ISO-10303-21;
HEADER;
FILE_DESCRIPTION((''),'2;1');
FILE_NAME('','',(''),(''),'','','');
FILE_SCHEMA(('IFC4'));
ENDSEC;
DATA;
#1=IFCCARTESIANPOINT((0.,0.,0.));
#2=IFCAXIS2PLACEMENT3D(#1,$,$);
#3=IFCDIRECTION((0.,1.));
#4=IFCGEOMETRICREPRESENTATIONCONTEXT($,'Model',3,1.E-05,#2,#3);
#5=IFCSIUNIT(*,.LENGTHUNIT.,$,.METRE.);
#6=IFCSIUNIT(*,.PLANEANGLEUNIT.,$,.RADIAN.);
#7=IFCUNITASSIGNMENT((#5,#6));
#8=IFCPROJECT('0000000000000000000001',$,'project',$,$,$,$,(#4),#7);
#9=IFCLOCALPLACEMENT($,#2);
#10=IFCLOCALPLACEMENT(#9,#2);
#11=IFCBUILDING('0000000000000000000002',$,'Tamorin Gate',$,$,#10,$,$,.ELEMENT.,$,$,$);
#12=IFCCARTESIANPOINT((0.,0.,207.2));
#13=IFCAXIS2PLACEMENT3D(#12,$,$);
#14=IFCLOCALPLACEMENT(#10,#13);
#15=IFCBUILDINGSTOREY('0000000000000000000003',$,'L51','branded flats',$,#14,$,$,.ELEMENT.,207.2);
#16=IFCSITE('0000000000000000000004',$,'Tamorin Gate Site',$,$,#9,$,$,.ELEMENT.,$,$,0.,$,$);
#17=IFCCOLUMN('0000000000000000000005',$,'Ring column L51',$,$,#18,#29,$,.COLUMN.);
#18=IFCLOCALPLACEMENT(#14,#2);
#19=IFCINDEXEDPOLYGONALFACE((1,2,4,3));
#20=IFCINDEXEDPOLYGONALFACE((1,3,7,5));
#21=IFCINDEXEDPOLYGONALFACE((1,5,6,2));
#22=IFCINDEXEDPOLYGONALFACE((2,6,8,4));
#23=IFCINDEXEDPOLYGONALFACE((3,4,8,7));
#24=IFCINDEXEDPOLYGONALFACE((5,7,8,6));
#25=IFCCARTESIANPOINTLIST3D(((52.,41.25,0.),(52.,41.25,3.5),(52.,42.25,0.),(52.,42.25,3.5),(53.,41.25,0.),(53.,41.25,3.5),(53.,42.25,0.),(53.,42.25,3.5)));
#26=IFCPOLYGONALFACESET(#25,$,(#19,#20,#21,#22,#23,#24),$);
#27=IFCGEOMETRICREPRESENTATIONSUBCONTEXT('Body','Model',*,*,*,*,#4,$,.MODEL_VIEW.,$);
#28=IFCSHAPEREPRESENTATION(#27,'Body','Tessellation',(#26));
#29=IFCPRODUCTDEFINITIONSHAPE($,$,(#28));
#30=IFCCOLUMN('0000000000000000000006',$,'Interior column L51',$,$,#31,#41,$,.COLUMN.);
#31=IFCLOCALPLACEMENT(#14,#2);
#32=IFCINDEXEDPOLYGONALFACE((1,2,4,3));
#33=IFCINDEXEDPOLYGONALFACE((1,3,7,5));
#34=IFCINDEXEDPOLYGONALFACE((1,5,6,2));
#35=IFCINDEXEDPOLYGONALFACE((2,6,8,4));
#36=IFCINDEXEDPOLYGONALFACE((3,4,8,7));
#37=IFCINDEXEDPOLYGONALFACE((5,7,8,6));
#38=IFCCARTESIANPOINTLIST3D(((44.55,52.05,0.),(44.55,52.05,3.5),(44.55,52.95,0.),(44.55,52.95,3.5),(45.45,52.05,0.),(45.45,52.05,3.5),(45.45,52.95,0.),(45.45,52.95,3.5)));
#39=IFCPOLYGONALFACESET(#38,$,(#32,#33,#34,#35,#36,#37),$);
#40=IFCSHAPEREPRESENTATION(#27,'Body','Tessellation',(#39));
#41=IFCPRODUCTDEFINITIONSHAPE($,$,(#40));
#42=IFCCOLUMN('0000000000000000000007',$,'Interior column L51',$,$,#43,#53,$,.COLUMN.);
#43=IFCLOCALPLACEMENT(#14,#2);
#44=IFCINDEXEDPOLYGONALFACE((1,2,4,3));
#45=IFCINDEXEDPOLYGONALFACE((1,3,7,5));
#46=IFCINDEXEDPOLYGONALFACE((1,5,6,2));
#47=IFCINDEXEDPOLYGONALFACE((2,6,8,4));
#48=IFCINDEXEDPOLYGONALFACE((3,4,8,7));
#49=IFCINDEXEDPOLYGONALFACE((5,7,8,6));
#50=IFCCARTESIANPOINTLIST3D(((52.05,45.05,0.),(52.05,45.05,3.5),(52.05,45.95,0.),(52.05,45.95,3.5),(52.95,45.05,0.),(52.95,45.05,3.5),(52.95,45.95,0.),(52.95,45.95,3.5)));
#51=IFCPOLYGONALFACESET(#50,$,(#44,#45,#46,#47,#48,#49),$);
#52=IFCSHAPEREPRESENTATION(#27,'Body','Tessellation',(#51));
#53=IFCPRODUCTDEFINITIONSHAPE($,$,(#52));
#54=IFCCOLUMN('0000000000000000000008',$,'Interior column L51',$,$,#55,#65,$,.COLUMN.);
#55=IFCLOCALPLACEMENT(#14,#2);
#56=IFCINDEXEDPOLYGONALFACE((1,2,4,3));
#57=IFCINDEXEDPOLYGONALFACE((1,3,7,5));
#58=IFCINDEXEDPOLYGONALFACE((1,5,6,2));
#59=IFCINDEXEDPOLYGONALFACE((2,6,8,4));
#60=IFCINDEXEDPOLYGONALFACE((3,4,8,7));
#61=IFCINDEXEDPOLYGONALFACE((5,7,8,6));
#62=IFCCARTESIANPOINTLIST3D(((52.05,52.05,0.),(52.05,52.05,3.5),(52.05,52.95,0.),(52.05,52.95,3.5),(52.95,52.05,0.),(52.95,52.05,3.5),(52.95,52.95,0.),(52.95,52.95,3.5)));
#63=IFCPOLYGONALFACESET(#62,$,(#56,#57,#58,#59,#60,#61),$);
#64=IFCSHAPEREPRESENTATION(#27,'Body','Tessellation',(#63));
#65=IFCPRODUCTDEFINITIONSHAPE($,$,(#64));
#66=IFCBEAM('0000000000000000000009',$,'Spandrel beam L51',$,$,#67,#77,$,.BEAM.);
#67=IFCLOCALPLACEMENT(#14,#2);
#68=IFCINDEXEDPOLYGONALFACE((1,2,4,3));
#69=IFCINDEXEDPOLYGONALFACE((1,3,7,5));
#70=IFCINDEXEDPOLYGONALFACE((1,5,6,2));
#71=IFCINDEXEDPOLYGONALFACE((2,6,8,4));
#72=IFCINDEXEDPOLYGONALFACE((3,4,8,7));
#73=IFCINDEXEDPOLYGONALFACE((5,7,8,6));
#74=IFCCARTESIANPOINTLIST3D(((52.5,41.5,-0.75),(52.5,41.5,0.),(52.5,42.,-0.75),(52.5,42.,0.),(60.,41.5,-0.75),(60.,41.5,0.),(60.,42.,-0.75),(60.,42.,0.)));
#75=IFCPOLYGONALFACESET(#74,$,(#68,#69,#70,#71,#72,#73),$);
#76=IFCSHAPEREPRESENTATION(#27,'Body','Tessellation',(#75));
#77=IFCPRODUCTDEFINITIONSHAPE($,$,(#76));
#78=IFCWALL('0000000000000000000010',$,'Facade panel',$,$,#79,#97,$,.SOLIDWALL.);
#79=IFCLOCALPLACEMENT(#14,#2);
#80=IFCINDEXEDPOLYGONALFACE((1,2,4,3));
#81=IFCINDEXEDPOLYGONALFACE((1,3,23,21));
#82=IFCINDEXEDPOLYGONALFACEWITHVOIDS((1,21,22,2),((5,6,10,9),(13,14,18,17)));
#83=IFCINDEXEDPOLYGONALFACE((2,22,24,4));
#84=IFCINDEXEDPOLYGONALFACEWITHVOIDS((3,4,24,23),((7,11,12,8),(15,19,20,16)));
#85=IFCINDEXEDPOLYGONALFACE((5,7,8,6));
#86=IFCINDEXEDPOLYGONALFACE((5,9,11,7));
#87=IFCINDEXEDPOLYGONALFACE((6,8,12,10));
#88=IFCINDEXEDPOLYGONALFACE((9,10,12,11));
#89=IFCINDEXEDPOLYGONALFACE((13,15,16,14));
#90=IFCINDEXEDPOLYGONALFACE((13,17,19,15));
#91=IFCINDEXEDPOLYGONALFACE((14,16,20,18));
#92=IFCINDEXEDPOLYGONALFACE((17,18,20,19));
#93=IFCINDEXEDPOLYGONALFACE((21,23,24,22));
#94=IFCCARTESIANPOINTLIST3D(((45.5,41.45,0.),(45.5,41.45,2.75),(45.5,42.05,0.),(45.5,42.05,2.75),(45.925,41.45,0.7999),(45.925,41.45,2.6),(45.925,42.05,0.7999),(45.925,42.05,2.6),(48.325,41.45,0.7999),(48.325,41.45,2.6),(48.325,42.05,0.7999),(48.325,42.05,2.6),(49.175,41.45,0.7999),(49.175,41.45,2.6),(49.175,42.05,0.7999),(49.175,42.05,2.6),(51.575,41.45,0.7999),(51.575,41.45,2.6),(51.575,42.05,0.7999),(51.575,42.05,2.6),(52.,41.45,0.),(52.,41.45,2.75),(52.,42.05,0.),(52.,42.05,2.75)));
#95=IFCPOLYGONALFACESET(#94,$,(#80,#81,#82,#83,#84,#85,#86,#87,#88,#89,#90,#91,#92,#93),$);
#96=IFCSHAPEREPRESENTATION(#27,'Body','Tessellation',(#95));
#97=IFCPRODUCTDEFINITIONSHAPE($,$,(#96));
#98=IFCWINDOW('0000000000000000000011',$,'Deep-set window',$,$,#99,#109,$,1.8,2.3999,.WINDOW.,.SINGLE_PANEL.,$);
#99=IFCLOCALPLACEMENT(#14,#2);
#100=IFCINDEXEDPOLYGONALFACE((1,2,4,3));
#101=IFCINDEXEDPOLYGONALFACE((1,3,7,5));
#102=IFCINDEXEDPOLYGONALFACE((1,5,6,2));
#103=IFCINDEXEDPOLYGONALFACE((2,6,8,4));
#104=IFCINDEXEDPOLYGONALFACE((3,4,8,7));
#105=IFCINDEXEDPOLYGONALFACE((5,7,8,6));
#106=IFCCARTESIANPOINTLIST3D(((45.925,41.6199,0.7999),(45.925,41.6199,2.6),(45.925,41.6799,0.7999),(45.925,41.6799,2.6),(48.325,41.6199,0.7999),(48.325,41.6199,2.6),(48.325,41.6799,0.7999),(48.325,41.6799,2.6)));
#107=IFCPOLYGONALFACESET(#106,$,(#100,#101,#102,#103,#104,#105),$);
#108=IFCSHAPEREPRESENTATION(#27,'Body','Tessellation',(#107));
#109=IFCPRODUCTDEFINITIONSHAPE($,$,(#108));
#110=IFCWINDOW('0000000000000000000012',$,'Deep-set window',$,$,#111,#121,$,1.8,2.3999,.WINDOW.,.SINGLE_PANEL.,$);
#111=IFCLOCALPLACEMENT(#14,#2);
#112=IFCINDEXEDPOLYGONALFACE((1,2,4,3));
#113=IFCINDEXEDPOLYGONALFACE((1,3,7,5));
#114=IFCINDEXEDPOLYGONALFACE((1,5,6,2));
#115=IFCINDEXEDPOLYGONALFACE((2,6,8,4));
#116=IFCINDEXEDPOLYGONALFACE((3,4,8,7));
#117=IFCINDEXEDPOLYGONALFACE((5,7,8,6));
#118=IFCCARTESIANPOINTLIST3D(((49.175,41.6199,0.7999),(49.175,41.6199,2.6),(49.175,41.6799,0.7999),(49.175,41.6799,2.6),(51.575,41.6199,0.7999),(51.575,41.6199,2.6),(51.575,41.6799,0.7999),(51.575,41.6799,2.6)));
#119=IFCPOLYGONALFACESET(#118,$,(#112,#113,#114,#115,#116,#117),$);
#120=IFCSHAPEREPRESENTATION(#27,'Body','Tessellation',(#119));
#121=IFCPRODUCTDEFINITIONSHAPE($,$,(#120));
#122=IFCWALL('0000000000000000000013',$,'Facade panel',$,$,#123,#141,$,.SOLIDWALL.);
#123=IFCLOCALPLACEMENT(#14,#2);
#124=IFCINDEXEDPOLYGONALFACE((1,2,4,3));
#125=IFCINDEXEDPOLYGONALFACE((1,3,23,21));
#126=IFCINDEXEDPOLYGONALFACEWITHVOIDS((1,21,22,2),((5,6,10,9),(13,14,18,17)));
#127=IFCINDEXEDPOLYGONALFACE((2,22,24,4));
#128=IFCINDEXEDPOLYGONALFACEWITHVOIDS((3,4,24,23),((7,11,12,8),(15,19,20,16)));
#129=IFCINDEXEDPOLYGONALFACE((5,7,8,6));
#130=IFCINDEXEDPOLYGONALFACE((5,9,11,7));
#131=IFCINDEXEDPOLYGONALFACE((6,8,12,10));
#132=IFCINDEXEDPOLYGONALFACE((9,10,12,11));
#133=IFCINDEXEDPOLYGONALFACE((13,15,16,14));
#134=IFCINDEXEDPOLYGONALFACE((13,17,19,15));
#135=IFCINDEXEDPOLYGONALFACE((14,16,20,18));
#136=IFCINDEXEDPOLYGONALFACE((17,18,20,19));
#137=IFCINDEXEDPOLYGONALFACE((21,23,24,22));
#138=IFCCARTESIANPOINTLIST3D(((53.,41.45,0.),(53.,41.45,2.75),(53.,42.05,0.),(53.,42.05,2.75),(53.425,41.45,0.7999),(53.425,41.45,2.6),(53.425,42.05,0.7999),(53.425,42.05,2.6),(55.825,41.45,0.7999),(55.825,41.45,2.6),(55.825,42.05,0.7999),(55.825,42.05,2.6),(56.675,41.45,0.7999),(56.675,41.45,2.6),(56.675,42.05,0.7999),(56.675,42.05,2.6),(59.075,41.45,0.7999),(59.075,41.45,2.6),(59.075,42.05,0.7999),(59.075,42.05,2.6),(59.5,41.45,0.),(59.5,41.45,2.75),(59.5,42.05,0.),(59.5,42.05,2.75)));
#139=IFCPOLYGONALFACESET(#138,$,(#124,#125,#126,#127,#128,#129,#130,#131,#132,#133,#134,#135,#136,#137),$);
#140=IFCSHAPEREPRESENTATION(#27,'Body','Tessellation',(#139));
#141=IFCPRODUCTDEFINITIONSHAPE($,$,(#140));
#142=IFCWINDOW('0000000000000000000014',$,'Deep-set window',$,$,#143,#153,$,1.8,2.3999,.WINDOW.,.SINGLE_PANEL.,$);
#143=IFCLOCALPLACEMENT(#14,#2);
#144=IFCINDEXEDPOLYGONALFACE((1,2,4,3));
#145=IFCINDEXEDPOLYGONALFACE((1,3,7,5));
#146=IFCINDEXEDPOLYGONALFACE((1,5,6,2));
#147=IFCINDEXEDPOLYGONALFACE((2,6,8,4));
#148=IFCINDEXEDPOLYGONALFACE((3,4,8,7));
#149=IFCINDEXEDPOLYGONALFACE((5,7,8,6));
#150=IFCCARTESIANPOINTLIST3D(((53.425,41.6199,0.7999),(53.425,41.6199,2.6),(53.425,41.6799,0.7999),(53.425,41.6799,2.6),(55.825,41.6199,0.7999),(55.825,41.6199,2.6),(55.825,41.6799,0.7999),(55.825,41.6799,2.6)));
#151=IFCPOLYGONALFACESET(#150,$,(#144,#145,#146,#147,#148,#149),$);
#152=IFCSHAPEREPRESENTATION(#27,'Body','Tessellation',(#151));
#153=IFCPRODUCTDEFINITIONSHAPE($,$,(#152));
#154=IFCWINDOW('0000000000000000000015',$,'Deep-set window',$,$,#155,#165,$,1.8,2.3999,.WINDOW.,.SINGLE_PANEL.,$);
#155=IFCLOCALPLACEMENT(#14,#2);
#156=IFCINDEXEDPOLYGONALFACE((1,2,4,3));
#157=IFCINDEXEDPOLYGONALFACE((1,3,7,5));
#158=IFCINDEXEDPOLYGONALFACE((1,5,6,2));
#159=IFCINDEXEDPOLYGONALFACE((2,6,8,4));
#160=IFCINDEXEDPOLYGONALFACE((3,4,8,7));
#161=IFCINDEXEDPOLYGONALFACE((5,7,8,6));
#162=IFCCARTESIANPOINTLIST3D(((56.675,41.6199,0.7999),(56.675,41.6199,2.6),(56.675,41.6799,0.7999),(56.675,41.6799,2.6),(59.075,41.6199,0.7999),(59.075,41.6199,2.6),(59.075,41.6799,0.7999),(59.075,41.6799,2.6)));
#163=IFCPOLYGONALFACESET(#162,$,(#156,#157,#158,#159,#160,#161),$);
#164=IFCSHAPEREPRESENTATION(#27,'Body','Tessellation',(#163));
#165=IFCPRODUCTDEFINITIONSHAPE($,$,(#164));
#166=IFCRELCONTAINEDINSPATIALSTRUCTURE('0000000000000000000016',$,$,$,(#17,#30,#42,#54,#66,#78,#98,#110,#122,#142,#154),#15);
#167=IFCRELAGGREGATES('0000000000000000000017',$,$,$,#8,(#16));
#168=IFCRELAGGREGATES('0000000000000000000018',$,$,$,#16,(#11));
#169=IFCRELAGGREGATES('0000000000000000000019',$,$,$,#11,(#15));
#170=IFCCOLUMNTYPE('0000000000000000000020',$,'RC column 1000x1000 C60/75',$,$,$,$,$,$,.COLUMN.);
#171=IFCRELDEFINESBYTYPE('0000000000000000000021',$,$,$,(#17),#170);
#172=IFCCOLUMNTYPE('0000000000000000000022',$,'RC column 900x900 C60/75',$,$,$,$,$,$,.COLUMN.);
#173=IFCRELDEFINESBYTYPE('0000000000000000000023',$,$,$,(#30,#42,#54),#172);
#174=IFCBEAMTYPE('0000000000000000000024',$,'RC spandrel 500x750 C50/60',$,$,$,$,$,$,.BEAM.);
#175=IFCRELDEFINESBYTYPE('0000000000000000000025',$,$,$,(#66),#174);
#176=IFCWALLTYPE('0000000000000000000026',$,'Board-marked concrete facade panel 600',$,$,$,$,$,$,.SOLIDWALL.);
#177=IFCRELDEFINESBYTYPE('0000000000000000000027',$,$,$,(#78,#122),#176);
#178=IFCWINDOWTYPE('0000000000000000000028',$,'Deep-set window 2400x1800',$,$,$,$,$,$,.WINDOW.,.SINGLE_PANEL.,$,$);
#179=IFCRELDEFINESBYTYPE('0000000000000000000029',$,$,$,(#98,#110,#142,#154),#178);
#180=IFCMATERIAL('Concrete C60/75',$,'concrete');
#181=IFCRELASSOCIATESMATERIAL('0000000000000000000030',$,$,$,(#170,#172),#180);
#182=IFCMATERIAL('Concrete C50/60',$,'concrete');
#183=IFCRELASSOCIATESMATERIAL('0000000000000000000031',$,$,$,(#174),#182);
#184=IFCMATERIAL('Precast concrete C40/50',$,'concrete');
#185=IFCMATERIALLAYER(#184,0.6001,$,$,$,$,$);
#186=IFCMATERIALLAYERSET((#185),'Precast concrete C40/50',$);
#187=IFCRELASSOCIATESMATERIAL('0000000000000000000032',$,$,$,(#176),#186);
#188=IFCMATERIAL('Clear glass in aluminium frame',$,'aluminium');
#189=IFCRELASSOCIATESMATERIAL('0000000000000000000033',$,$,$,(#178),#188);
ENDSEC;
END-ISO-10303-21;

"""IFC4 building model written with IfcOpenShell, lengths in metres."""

from ifc_helpers import new_model, si_unit, direction, frame, frame_2d, origin, origin_2d, place, context, subcontext, project, spatial, rectangle, extrude, material, layer, layer_set, material_profile, profile_set, type_object, element, fill, save


model = new_model("IFC4")

# Units and contexts
model_context = context("Model", 3, precision=1e-05, world=origin(), true_north=direction((0.0, 1.0)))
body_context = subcontext(model_context, "Body", "Model", "MODEL_VIEW")
ifc_project = project(units=[si_unit("LENGTHUNIT", "METRE"), si_unit("PLANEANGLEUNIT", "RADIAN")], contexts=[model_context])

# Site, building, storey
site_placement = place(None, origin())
site = spatial("IfcSite", under=ifc_project, at=site_placement, Name="Tamorin Gate Site", CompositionType="ELEMENT", RefElevation=0.0)
building_placement = place(site_placement, origin())
building = spatial("IfcBuilding", under=site, at=building_placement, Name="Tamorin Gate", CompositionType="ELEMENT")
storey_placement = place(building_placement, frame((0.0, 0.0, 207.2)))
storey = spatial("IfcBuildingStorey", under=building, at=storey_placement, Name="L51", Description="branded flats", CompositionType="ELEMENT", Elevation=207.2)

# Columns
ifc_material_1 = material(Name="Concrete C60/75", Category="concrete")
ifc_material_profile_1 = material_profile(ifc_material_1, rectangle(XDim=1.0, YDim=1.0, at=origin_2d()), Name="RC 1000x1000")
ifc_profile_set_1 = profile_set([ifc_material_profile_1], Name="Concrete C60/75")
column_type_1 = type_object("IfcColumnType", Name="RC column 1000x1000 C60/75", PredefinedType="COLUMN", material=ifc_profile_set_1)
column_placement = place(storey_placement, frame((52.5, 41.75, 0.0), z_axis=(0.0, 0.0, 1.0), x_axis=(1.0, 0.0, 0.0)))
element("IfcColumn", 1, at=column_placement, inside=storey, type_object=column_type_1, Name="Ring column L51", PredefinedType="COLUMN", context=body_context, shape_type="SweptSolid", body=[
    extrude(rectangle(XDim=1.0, YDim=1.0, at=origin_2d()), origin(), (0.0, 0.0, 1.0), 3.5),
])
ifc_material_profile_2 = material_profile(ifc_material_1, rectangle(XDim=0.8999, YDim=0.8999, at=origin_2d()), Name="RC 900x900")
ifc_profile_set_2 = profile_set([ifc_material_profile_2], Name="Concrete C60/75")
column_type_2 = type_object("IfcColumnType", Name="RC column 900x900 C60/75", PredefinedType="COLUMN", material=ifc_profile_set_2)
for number, where, z_axis, x_axis, name in (
    (2, (45.0, 52.5, 0.0), (0.0, 0.0, 1.0), (1.0, 0.0, 0.0), "Interior column L51"),
    (3, (52.5, 45.5, 0.0), (0.0, 0.0, 1.0), (1.0, 0.0, 0.0), "Interior column L51"),
    (4, (52.5, 52.5, 0.0), (0.0, 0.0, 1.0), (1.0, 0.0, 0.0), "Interior column L51"),
):
    element("IfcColumn", number, at=place(storey_placement, frame(where, z_axis=z_axis, x_axis=x_axis)), inside=storey, type_object=column_type_2, Name=name, PredefinedType="COLUMN", context=body_context, shape_type="SweptSolid", body=[
        extrude(rectangle(XDim=0.8999, YDim=0.8999, at=origin_2d()), origin(), (0.0, 0.0, 1.0), 3.5),
    ])

# Beam
ifc_material_2 = material(Name="Concrete C50/60", Category="concrete")
ifc_material_profile_3 = material_profile(ifc_material_2, rectangle(XDim=0.5, YDim=0.75, at=origin_2d()), Name="RC 500x750")
ifc_profile_set_3 = profile_set([ifc_material_profile_3], Name="Concrete C50/60")
beam_type = type_object("IfcBeamType", Name="RC spandrel 500x750 C50/60", PredefinedType="BEAM", material=ifc_profile_set_3)
beam_placement = place(storey_placement, frame((52.5, 41.75, -0.375), z_axis=(1.0, 0.0, 0.0), x_axis=(0.0, 1.0, 0.0)))
element("IfcBeam", 5, at=beam_placement, inside=storey, type_object=beam_type, Name="Spandrel beam L51", PredefinedType="BEAM", context=body_context, shape_type="SweptSolid", body=[
    extrude(rectangle(XDim=0.5, YDim=0.75, at=origin_2d()), origin(), (0.0, 0.0, 1.0), 7.5),
])

# Walls, openings, windows
ifc_material_3 = material(Name="Precast concrete C40/50", Category="concrete")
ifc_layer_1 = layer(ifc_material_3, 0.6001)
ifc_layer_set_1 = layer_set([ifc_layer_1], Name="Precast concrete C40/50")
wall_type_1 = type_object("IfcWallType", Name="Board-marked concrete facade panel 600", PredefinedType="SOLIDWALL", material=ifc_layer_set_1)
wall_1_placement = place(storey_placement, frame((45.5, 41.75, 0.0), z_axis=(0.0, 0.0, 1.0), x_axis=(1.0, 0.0, 0.0)))
wall_1 = element("IfcWall", 6, at=wall_1_placement, inside=storey, type_object=wall_type_1, Name="Facade panel", PredefinedType="SOLIDWALL", context=body_context, shape_type="SweptSolid", body=[
    extrude(rectangle(XDim=6.5, YDim=0.6001, at=frame_2d((3.25, 0.0))), origin(), (0.0, 0.0, 1.0), 2.75),
])
opening_1_placement = place(wall_1_placement, frame((0.425, 0.0, 0.8)))
opening_1 = element("IfcOpeningElement", 7, at=opening_1_placement, cuts=wall_1, PredefinedType="OPENING", context=body_context, shape_type="SweptSolid", body=[
    extrude(rectangle(XDim=2.3999, YDim=1.8, at=frame_2d((1.2, 0.8999))), frame((0.0, 0.3101, 0.0), z_axis=(0.0, -1.0, 0.0), x_axis=(1.0, 0.0, 0.0)), (0.0, 0.0, 1.0), 0.6201),
])
opening_2_placement = place(wall_1_placement, frame((3.675, 0.0, 0.8)))
opening_2 = element("IfcOpeningElement", 8, at=opening_2_placement, cuts=wall_1, PredefinedType="OPENING", context=body_context, shape_type="SweptSolid", body=[
    extrude(rectangle(XDim=2.3999, YDim=1.8, at=frame_2d((1.2, 0.8999))), frame((0.0, 0.3101, 0.0), z_axis=(0.0, -1.0, 0.0), x_axis=(1.0, 0.0, 0.0)), (0.0, 0.0, 1.0), 0.6201),
])
ifc_material_4 = material(Name="Clear glass in aluminium frame", Category="aluminium")
window_type = type_object("IfcWindowType", Name="Deep-set window 2400x1800", PartitioningType="SINGLE_PANEL", PredefinedType="WINDOW", material=ifc_material_4)
window_1_placement = place(opening_1_placement, origin())
window_1 = element("IfcWindow", 9, at=window_1_placement, inside=storey, type_object=window_type, Name="Deep-set window", OverallHeight=1.8, OverallWidth=2.3999, PartitioningType="SINGLE_PANEL", PredefinedType="WINDOW", context=body_context, shape_type="SweptSolid", body=[
    extrude(rectangle(XDim=2.3999, YDim=1.8, at=frame_2d((1.2, 0.8999))), frame((0.0, -0.0701, 0.0), z_axis=(0.0, -1.0, 0.0), x_axis=(1.0, 0.0, 0.0)), (0.0, 0.0, 1.0), 0.0601),
])
fill(opening_1, window_1)
window_2_placement = place(opening_2_placement, origin())
window_2 = element("IfcWindow", 10, at=window_2_placement, inside=storey, type_object=window_type, Name="Deep-set window", OverallHeight=1.8, OverallWidth=2.3999, PartitioningType="SINGLE_PANEL", PredefinedType="WINDOW", context=body_context, shape_type="SweptSolid", body=[
    extrude(rectangle(XDim=2.3999, YDim=1.8, at=frame_2d((1.2, 0.8999))), frame((0.0, -0.0701, 0.0), z_axis=(0.0, -1.0, 0.0), x_axis=(1.0, 0.0, 0.0)), (0.0, 0.0, 1.0), 0.0601),
])
fill(opening_2, window_2)
wall_2_placement = place(storey_placement, frame((53.0, 41.75, 0.0), z_axis=(0.0, 0.0, 1.0), x_axis=(1.0, 0.0, 0.0)))
wall_2 = element("IfcWall", 11, at=wall_2_placement, inside=storey, type_object=wall_type_1, Name="Facade panel", PredefinedType="SOLIDWALL", context=body_context, shape_type="SweptSolid", body=[
    extrude(rectangle(XDim=6.5, YDim=0.6001, at=frame_2d((3.25, 0.0))), origin(), (0.0, 0.0, 1.0), 2.75),
])
opening_3_placement = place(wall_2_placement, frame((0.425, 0.0, 0.8)))
opening_3 = element("IfcOpeningElement", 12, at=opening_3_placement, cuts=wall_2, PredefinedType="OPENING", context=body_context, shape_type="SweptSolid", body=[
    extrude(rectangle(XDim=2.3999, YDim=1.8, at=frame_2d((1.2, 0.8999))), frame((0.0, 0.3101, 0.0), z_axis=(0.0, -1.0, 0.0), x_axis=(1.0, 0.0, 0.0)), (0.0, 0.0, 1.0), 0.6201),
])
opening_4_placement = place(wall_2_placement, frame((3.675, 0.0, 0.8)))
opening_4 = element("IfcOpeningElement", 13, at=opening_4_placement, cuts=wall_2, PredefinedType="OPENING", context=body_context, shape_type="SweptSolid", body=[
    extrude(rectangle(XDim=2.3999, YDim=1.8, at=frame_2d((1.2, 0.8999))), frame((0.0, 0.3101, 0.0), z_axis=(0.0, -1.0, 0.0), x_axis=(1.0, 0.0, 0.0)), (0.0, 0.0, 1.0), 0.6201),
])
window_3_placement = place(opening_3_placement, origin())
window_3 = element("IfcWindow", 14, at=window_3_placement, inside=storey, type_object=window_type, Name="Deep-set window", OverallHeight=1.8, OverallWidth=2.3999, PartitioningType="SINGLE_PANEL", PredefinedType="WINDOW", context=body_context, shape_type="SweptSolid", body=[
    extrude(rectangle(XDim=2.3999, YDim=1.8, at=frame_2d((1.2, 0.8999))), frame((0.0, -0.0701, 0.0), z_axis=(0.0, -1.0, 0.0), x_axis=(1.0, 0.0, 0.0)), (0.0, 0.0, 1.0), 0.0601),
])
fill(opening_3, window_3)
window_4_placement = place(opening_4_placement, origin())
window_4 = element("IfcWindow", 15, at=window_4_placement, inside=storey, type_object=window_type, Name="Deep-set window", OverallHeight=1.8, OverallWidth=2.3999, PartitioningType="SINGLE_PANEL", PredefinedType="WINDOW", context=body_context, shape_type="SweptSolid", body=[
    extrude(rectangle(XDim=2.3999, YDim=1.8, at=frame_2d((1.2, 0.8999))), frame((0.0, -0.0701, 0.0), z_axis=(0.0, -1.0, 0.0), x_axis=(1.0, 0.0, 0.0)), (0.0, 0.0, 1.0), 0.0601),
])
fill(opening_4, window_4)

save(model, "model.ifc")
